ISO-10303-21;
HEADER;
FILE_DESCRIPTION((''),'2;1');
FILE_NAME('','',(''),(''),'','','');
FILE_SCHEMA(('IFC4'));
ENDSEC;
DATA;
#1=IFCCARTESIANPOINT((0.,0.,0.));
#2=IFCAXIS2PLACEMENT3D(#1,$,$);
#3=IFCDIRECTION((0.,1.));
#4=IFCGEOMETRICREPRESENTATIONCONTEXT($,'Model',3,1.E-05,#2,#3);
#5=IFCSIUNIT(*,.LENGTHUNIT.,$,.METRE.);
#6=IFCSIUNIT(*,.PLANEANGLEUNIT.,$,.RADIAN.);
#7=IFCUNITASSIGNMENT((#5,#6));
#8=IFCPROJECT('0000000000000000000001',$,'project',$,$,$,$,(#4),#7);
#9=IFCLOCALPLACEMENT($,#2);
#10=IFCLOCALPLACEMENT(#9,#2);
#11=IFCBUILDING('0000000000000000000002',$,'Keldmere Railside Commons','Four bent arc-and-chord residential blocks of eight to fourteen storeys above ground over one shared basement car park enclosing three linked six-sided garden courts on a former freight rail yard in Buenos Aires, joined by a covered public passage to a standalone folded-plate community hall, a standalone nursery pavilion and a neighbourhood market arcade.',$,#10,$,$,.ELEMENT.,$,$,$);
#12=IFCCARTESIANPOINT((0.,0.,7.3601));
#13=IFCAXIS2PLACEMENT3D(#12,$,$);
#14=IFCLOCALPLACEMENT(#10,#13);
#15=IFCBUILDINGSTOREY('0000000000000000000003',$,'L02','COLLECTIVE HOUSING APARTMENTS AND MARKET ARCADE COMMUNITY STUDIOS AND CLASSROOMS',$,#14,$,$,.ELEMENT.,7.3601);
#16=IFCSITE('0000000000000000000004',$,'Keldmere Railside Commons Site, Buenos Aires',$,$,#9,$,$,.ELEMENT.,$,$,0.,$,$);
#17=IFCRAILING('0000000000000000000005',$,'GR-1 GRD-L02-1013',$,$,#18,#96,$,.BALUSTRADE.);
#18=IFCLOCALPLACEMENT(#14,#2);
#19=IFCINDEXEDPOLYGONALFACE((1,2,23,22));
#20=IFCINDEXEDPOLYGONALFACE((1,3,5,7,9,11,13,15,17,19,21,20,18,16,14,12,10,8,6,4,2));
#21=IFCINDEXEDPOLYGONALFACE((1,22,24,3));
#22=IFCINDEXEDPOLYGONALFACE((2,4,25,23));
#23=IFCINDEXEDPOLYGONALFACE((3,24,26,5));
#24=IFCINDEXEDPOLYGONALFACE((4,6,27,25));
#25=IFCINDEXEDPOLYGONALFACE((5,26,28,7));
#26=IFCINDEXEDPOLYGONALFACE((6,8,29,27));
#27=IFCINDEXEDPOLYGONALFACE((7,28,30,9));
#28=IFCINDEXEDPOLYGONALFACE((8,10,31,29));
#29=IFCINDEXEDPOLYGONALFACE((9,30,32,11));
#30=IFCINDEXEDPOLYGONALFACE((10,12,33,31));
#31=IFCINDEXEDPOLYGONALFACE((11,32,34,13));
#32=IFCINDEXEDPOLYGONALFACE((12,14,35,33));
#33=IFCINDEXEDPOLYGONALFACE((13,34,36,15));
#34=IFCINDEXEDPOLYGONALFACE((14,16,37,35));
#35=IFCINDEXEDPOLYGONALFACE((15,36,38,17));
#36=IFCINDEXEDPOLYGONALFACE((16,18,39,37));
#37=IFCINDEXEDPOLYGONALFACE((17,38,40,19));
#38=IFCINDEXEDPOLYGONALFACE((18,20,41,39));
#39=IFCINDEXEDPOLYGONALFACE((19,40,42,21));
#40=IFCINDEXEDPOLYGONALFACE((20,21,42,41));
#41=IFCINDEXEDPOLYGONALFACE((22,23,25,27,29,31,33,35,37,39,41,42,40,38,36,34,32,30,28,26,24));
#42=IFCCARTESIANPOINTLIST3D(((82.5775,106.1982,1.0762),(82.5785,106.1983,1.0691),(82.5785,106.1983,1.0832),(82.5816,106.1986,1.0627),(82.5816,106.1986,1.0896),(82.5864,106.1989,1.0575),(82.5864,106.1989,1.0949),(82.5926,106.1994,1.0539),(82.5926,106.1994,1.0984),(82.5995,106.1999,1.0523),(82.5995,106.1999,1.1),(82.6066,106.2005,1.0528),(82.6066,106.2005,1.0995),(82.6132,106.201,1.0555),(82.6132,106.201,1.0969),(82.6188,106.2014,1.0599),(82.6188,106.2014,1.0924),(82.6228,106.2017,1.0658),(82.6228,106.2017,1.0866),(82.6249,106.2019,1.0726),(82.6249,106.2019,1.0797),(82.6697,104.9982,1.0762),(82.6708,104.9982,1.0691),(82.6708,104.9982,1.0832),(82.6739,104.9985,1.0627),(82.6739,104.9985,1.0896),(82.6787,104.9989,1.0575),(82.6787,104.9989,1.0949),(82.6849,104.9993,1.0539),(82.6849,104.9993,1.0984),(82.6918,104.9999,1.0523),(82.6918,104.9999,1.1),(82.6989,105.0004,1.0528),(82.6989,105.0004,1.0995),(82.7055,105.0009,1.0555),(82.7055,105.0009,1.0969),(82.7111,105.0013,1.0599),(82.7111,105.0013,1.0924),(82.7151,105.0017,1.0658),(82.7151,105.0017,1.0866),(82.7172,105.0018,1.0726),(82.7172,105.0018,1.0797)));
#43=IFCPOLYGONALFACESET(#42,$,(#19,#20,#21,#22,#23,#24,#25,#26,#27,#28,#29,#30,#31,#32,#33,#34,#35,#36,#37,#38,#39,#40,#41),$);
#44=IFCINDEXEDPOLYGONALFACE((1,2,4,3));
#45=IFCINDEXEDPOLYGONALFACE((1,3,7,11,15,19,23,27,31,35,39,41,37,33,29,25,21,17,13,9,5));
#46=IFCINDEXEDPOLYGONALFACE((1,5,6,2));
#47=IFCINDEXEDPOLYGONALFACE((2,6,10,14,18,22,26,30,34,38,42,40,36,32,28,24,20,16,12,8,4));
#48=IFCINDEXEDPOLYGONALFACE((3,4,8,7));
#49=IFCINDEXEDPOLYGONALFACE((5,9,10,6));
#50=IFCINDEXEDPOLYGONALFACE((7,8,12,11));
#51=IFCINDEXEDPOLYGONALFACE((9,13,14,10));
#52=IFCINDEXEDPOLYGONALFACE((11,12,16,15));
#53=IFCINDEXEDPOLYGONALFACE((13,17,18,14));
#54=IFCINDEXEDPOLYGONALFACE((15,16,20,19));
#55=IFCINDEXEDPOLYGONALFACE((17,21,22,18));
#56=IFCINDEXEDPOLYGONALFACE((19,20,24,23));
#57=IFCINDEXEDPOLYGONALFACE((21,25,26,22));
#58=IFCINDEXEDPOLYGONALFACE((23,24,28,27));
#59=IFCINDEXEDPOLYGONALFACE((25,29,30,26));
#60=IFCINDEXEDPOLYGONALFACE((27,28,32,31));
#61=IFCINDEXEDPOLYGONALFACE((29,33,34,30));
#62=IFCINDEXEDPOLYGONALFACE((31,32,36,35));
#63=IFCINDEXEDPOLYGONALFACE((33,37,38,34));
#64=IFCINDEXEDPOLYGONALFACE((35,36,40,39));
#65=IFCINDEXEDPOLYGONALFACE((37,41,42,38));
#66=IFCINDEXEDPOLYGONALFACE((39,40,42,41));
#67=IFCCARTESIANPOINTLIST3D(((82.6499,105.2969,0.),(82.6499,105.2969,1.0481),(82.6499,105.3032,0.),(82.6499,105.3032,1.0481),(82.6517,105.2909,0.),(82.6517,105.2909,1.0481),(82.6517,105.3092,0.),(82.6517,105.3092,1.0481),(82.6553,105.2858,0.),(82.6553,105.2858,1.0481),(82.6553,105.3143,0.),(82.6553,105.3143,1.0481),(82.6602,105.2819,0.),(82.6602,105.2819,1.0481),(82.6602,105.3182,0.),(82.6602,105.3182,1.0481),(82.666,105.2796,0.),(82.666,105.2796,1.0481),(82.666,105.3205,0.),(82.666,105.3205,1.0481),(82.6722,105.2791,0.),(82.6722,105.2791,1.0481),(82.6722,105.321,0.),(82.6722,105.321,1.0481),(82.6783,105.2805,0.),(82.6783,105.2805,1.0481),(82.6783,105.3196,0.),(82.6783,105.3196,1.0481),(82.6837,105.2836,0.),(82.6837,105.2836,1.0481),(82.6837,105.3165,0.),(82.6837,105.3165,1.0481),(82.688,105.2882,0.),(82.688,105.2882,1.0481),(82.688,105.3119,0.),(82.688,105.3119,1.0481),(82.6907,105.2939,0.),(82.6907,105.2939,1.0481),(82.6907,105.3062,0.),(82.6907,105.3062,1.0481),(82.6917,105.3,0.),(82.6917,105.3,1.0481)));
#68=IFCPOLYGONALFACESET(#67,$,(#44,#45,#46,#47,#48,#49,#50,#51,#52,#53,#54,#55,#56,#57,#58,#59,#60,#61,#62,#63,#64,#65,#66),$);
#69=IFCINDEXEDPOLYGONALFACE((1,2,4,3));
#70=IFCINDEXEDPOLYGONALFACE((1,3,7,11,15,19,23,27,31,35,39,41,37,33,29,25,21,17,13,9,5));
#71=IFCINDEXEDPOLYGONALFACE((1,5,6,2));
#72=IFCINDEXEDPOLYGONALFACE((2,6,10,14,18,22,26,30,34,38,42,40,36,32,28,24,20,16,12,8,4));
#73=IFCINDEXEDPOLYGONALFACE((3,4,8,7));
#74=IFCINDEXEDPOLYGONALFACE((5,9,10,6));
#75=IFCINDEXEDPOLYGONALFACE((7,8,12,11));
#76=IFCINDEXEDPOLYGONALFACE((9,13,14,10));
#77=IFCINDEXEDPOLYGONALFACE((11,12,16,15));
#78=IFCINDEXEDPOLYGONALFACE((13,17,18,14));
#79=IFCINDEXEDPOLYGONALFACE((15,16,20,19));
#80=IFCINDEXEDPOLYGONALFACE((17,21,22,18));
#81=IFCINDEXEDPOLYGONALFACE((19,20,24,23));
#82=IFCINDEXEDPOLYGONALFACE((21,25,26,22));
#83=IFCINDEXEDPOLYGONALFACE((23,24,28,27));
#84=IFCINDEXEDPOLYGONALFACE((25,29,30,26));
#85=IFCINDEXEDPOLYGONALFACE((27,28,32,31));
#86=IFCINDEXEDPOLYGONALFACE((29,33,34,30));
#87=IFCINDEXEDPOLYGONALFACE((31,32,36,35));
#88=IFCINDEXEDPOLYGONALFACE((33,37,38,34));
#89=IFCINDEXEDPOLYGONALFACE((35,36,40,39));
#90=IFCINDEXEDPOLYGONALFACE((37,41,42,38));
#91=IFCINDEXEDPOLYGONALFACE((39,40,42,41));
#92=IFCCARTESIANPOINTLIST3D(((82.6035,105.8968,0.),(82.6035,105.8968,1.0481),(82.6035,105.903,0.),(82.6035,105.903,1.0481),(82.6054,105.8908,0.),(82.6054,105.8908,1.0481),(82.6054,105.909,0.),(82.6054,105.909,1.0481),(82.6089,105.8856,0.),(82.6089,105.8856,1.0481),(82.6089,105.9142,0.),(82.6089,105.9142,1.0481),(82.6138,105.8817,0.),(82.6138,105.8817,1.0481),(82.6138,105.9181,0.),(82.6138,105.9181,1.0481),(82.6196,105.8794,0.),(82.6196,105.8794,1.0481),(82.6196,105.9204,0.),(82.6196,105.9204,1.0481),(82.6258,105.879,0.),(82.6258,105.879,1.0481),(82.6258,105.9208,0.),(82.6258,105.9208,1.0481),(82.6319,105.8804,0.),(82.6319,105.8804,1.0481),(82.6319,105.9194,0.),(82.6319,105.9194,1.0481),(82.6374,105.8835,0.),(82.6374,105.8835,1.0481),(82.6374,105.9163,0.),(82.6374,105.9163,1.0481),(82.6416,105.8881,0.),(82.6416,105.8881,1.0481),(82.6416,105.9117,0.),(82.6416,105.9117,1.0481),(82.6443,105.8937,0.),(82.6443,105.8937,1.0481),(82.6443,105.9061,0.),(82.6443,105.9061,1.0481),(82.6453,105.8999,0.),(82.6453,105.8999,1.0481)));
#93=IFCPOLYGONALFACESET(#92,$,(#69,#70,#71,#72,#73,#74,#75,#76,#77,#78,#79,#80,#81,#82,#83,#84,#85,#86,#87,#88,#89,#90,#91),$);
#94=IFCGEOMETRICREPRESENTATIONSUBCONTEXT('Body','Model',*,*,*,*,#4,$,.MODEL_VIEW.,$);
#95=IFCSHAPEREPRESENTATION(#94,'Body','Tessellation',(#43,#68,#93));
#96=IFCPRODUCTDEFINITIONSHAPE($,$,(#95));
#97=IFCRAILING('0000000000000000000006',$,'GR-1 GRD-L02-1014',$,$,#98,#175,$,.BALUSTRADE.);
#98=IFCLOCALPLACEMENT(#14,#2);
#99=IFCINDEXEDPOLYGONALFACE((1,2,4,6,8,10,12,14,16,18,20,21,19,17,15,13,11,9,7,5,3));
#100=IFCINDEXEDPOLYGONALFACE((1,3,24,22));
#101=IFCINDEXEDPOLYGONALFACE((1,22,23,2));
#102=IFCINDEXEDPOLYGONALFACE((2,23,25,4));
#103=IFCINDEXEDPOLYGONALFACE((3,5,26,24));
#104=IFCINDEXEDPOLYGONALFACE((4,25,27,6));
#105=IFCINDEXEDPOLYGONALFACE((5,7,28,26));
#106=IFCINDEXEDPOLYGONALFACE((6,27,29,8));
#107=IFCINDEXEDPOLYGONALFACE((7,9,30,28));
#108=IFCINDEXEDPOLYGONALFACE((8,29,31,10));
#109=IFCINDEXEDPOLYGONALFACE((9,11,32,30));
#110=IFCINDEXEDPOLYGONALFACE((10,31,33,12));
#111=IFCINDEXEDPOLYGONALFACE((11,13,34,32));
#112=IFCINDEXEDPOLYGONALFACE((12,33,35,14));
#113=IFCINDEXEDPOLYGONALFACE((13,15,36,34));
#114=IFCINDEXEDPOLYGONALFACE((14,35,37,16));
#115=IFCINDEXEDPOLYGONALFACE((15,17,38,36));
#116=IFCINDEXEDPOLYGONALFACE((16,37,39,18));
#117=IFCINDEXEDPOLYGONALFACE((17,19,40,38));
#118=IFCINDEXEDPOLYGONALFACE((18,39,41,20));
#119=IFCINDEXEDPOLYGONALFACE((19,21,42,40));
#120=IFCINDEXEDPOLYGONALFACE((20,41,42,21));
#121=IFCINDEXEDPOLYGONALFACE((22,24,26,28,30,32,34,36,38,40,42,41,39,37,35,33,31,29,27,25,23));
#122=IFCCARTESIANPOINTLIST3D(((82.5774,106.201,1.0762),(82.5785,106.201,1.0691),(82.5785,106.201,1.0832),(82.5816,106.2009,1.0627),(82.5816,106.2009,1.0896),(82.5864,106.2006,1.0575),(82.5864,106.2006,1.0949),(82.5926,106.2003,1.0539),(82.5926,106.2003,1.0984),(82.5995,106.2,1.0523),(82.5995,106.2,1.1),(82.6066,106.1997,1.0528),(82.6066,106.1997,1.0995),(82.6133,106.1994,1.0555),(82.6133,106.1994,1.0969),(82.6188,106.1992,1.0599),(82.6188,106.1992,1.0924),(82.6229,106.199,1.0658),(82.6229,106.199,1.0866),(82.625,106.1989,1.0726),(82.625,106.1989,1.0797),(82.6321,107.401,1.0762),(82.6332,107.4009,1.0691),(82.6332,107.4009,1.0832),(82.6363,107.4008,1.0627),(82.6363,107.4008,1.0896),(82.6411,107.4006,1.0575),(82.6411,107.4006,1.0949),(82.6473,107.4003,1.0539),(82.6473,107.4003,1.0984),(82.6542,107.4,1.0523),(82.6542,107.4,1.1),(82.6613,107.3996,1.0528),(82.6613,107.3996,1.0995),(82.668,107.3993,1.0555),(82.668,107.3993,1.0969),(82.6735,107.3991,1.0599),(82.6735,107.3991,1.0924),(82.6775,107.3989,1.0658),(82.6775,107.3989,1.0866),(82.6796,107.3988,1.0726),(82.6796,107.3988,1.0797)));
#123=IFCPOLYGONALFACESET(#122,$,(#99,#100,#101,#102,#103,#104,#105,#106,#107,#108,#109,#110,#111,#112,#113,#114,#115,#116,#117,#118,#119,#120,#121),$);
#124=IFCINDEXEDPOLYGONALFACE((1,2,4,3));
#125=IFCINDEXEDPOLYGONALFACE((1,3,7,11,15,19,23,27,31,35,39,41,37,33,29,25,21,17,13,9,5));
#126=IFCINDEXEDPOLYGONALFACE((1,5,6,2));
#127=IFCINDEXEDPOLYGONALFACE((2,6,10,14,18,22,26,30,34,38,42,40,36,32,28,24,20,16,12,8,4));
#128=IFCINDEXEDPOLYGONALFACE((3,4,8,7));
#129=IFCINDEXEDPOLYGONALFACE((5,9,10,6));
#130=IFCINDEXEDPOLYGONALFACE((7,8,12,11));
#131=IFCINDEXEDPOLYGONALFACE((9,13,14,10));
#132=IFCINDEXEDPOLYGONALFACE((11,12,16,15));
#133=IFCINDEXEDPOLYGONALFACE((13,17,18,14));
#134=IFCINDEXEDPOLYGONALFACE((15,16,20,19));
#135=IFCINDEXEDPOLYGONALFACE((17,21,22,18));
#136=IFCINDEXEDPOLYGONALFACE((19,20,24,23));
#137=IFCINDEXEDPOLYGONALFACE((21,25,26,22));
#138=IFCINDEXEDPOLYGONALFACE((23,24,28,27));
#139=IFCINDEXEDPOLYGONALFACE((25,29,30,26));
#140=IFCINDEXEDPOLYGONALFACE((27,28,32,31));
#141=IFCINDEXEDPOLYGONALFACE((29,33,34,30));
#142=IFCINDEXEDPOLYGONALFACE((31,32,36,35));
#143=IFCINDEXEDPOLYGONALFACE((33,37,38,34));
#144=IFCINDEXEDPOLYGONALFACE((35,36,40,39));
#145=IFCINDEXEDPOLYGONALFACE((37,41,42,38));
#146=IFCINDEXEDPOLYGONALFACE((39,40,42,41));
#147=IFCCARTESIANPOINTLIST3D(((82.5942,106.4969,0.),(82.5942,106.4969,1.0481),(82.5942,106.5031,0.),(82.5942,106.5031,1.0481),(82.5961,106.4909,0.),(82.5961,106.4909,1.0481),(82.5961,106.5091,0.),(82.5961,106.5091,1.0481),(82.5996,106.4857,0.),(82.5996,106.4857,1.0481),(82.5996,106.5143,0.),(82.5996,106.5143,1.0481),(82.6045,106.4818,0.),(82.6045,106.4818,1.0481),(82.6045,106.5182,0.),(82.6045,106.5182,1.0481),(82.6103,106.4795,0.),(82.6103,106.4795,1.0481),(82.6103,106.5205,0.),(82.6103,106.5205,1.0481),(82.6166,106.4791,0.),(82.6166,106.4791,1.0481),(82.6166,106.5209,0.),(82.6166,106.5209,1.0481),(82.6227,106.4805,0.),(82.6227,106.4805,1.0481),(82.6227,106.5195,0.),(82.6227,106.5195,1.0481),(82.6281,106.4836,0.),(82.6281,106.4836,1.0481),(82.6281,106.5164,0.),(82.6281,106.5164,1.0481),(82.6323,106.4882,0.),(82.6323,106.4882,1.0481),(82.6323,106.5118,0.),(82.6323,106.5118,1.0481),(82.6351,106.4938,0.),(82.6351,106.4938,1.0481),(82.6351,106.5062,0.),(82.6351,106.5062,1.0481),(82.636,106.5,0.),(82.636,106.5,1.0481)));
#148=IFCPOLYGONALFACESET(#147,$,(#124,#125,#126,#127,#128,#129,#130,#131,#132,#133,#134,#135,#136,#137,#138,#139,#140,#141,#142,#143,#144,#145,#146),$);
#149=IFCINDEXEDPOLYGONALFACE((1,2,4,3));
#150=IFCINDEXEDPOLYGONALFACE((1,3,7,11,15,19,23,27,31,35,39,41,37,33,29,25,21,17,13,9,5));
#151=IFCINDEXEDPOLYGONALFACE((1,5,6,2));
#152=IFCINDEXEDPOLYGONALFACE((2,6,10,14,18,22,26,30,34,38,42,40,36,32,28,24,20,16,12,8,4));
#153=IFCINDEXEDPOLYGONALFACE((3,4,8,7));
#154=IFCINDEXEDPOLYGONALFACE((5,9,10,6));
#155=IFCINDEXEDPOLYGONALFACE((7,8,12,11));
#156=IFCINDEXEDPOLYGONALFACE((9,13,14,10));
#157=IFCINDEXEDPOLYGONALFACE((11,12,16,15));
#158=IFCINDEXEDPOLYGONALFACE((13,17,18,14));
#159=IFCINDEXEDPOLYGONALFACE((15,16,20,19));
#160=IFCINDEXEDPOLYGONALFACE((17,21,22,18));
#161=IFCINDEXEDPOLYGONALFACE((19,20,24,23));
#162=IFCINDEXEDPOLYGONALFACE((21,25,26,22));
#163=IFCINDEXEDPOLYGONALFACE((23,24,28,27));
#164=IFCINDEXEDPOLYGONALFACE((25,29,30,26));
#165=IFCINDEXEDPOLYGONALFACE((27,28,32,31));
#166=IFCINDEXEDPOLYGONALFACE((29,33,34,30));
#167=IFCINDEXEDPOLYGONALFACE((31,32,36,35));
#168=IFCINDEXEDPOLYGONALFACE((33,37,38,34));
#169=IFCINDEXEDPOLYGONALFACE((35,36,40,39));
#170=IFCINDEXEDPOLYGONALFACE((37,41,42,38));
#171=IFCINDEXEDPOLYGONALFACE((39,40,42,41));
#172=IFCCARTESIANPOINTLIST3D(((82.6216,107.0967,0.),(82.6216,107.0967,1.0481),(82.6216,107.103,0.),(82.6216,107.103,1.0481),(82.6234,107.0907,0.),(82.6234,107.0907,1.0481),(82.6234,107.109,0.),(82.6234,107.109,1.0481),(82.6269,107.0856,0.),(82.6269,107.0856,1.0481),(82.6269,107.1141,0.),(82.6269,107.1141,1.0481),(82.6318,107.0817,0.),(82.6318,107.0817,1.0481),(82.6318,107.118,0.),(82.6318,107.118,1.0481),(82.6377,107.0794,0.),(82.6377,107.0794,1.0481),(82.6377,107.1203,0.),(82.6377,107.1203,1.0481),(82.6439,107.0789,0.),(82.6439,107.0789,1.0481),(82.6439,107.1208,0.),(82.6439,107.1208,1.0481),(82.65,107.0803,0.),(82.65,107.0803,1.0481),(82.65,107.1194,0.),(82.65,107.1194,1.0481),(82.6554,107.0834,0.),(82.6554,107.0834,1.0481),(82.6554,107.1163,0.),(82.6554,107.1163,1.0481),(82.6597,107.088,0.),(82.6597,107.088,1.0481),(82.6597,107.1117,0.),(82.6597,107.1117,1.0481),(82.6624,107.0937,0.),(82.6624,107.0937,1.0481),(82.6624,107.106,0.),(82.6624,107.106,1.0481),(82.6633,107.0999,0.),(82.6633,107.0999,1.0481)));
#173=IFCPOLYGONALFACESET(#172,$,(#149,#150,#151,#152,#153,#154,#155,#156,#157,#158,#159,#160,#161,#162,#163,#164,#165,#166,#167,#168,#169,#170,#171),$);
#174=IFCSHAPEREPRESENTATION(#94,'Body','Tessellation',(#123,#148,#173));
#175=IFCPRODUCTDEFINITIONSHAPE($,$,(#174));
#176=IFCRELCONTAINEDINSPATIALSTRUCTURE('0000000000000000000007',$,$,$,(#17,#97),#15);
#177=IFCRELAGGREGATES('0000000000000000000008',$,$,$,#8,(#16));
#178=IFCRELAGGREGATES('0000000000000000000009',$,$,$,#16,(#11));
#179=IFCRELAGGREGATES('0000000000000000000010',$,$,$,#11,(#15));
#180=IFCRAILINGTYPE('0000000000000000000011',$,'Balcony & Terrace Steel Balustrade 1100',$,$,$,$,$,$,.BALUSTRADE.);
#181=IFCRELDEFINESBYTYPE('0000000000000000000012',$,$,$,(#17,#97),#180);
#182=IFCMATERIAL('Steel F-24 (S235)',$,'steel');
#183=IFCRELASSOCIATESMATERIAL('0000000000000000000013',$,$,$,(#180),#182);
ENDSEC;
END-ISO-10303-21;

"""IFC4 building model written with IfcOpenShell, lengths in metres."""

from ifc_helpers import new_model, si_unit, direction, frame, origin, origin_2d, place, context, subcontext, project, spatial, circle, extrude, material, type_object, element, save


model = new_model("IFC4")

# Units and contexts
model_context = context("Model", 3, precision=1e-05, world=origin(), true_north=direction((0.0, 1.0)))
body_context = subcontext(model_context, "Body", "Model", "MODEL_VIEW")
ifc_project = project(units=[si_unit("LENGTHUNIT", "METRE"), si_unit("PLANEANGLEUNIT", "RADIAN")], contexts=[model_context])

# Site, building, storey
site_placement = place(None, origin())
site = spatial("IfcSite", under=ifc_project, at=site_placement, Name="Keldmere Railside Commons Site, Buenos Aires", CompositionType="ELEMENT", RefElevation=0.0)
building_placement = place(site_placement, origin())
building = spatial("IfcBuilding", under=site, at=building_placement, Name="Keldmere Railside Commons", Description="Four bent arc-and-chord residential blocks of eight to fourteen storeys above ground over one shared basement car park enclosing three linked six-sided garden courts on a former freight rail yard in Buenos Aires, joined by a covered public passage to a standalone folded-plate community hall, a standalone nursery pavilion and a neighbourhood market arcade.", CompositionType="ELEMENT")
storey_placement = place(building_placement, frame((0.0, 0.0, 7.3601)))
storey = spatial("IfcBuildingStorey", under=building, at=storey_placement, Name="L02", Description="COLLECTIVE HOUSING APARTMENTS AND MARKET ARCADE COMMUNITY STUDIOS AND CLASSROOMS", CompositionType="ELEMENT", Elevation=7.3601)

# Railings
ifc_material_1 = material(Name="Steel F-24 (S235)", Category="steel")
railing_type = type_object("IfcRailingType", Name="Balcony & Terrace Steel Balustrade 1100", PredefinedType="BALUSTRADE", material=ifc_material_1)
railing_1_placement = place(storey_placement, frame((82.6936, 105.0, 0.0)))
element("IfcRailing", 1, at=railing_1_placement, inside=storey, type_object=railing_type, Name="GR-1 GRD-L02-1013", PredefinedType="BALUSTRADE", context=body_context, shape_type="SweptSolid", body=[
    extrude(circle(Radius=0.0239, at=origin_2d()), frame((0.0, 0.0, 1.0762), z_axis=(-0.076681, 0.997056, 0.0), x_axis=(-0.997056, -0.076681, 0.0)), (0.0, 0.0, 1.0), 1.2036),
    extrude(circle(Radius=0.021, at=origin_2d()), frame((-0.0229, 0.3, 0.0)), (0.0, 0.0, 1.0), 1.0481),
    extrude(circle(Radius=0.021, at=origin_2d()), frame((-0.0693, 0.8999, 0.0)), (0.0, 0.0, 1.0), 1.0481),
])
railing_2_placement = place(storey_placement, frame((82.6013, 106.2, 0.0)))
element("IfcRailing", 2, at=railing_2_placement, inside=storey, type_object=railing_type, Name="GR-1 GRD-L02-1014", PredefinedType="BALUSTRADE", context=body_context, shape_type="SweptSolid", body=[
    extrude(circle(Radius=0.0239, at=origin_2d()), frame((0.0, 0.0, 1.0762), z_axis=(0.045528, 0.998963, 0.0), x_axis=(-0.998963, 0.045528, 0.0)), (0.0, 0.0, 1.0), 1.2012),
    extrude(circle(Radius=0.021, at=origin_2d()), frame((0.0137, 0.3, 0.0)), (0.0, 0.0, 1.0), 1.0481),
    extrude(circle(Radius=0.021, at=origin_2d()), frame((0.041, 0.8999, 0.0)), (0.0, 0.0, 1.0), 1.0481),
])

save(model, "model.ifc")
